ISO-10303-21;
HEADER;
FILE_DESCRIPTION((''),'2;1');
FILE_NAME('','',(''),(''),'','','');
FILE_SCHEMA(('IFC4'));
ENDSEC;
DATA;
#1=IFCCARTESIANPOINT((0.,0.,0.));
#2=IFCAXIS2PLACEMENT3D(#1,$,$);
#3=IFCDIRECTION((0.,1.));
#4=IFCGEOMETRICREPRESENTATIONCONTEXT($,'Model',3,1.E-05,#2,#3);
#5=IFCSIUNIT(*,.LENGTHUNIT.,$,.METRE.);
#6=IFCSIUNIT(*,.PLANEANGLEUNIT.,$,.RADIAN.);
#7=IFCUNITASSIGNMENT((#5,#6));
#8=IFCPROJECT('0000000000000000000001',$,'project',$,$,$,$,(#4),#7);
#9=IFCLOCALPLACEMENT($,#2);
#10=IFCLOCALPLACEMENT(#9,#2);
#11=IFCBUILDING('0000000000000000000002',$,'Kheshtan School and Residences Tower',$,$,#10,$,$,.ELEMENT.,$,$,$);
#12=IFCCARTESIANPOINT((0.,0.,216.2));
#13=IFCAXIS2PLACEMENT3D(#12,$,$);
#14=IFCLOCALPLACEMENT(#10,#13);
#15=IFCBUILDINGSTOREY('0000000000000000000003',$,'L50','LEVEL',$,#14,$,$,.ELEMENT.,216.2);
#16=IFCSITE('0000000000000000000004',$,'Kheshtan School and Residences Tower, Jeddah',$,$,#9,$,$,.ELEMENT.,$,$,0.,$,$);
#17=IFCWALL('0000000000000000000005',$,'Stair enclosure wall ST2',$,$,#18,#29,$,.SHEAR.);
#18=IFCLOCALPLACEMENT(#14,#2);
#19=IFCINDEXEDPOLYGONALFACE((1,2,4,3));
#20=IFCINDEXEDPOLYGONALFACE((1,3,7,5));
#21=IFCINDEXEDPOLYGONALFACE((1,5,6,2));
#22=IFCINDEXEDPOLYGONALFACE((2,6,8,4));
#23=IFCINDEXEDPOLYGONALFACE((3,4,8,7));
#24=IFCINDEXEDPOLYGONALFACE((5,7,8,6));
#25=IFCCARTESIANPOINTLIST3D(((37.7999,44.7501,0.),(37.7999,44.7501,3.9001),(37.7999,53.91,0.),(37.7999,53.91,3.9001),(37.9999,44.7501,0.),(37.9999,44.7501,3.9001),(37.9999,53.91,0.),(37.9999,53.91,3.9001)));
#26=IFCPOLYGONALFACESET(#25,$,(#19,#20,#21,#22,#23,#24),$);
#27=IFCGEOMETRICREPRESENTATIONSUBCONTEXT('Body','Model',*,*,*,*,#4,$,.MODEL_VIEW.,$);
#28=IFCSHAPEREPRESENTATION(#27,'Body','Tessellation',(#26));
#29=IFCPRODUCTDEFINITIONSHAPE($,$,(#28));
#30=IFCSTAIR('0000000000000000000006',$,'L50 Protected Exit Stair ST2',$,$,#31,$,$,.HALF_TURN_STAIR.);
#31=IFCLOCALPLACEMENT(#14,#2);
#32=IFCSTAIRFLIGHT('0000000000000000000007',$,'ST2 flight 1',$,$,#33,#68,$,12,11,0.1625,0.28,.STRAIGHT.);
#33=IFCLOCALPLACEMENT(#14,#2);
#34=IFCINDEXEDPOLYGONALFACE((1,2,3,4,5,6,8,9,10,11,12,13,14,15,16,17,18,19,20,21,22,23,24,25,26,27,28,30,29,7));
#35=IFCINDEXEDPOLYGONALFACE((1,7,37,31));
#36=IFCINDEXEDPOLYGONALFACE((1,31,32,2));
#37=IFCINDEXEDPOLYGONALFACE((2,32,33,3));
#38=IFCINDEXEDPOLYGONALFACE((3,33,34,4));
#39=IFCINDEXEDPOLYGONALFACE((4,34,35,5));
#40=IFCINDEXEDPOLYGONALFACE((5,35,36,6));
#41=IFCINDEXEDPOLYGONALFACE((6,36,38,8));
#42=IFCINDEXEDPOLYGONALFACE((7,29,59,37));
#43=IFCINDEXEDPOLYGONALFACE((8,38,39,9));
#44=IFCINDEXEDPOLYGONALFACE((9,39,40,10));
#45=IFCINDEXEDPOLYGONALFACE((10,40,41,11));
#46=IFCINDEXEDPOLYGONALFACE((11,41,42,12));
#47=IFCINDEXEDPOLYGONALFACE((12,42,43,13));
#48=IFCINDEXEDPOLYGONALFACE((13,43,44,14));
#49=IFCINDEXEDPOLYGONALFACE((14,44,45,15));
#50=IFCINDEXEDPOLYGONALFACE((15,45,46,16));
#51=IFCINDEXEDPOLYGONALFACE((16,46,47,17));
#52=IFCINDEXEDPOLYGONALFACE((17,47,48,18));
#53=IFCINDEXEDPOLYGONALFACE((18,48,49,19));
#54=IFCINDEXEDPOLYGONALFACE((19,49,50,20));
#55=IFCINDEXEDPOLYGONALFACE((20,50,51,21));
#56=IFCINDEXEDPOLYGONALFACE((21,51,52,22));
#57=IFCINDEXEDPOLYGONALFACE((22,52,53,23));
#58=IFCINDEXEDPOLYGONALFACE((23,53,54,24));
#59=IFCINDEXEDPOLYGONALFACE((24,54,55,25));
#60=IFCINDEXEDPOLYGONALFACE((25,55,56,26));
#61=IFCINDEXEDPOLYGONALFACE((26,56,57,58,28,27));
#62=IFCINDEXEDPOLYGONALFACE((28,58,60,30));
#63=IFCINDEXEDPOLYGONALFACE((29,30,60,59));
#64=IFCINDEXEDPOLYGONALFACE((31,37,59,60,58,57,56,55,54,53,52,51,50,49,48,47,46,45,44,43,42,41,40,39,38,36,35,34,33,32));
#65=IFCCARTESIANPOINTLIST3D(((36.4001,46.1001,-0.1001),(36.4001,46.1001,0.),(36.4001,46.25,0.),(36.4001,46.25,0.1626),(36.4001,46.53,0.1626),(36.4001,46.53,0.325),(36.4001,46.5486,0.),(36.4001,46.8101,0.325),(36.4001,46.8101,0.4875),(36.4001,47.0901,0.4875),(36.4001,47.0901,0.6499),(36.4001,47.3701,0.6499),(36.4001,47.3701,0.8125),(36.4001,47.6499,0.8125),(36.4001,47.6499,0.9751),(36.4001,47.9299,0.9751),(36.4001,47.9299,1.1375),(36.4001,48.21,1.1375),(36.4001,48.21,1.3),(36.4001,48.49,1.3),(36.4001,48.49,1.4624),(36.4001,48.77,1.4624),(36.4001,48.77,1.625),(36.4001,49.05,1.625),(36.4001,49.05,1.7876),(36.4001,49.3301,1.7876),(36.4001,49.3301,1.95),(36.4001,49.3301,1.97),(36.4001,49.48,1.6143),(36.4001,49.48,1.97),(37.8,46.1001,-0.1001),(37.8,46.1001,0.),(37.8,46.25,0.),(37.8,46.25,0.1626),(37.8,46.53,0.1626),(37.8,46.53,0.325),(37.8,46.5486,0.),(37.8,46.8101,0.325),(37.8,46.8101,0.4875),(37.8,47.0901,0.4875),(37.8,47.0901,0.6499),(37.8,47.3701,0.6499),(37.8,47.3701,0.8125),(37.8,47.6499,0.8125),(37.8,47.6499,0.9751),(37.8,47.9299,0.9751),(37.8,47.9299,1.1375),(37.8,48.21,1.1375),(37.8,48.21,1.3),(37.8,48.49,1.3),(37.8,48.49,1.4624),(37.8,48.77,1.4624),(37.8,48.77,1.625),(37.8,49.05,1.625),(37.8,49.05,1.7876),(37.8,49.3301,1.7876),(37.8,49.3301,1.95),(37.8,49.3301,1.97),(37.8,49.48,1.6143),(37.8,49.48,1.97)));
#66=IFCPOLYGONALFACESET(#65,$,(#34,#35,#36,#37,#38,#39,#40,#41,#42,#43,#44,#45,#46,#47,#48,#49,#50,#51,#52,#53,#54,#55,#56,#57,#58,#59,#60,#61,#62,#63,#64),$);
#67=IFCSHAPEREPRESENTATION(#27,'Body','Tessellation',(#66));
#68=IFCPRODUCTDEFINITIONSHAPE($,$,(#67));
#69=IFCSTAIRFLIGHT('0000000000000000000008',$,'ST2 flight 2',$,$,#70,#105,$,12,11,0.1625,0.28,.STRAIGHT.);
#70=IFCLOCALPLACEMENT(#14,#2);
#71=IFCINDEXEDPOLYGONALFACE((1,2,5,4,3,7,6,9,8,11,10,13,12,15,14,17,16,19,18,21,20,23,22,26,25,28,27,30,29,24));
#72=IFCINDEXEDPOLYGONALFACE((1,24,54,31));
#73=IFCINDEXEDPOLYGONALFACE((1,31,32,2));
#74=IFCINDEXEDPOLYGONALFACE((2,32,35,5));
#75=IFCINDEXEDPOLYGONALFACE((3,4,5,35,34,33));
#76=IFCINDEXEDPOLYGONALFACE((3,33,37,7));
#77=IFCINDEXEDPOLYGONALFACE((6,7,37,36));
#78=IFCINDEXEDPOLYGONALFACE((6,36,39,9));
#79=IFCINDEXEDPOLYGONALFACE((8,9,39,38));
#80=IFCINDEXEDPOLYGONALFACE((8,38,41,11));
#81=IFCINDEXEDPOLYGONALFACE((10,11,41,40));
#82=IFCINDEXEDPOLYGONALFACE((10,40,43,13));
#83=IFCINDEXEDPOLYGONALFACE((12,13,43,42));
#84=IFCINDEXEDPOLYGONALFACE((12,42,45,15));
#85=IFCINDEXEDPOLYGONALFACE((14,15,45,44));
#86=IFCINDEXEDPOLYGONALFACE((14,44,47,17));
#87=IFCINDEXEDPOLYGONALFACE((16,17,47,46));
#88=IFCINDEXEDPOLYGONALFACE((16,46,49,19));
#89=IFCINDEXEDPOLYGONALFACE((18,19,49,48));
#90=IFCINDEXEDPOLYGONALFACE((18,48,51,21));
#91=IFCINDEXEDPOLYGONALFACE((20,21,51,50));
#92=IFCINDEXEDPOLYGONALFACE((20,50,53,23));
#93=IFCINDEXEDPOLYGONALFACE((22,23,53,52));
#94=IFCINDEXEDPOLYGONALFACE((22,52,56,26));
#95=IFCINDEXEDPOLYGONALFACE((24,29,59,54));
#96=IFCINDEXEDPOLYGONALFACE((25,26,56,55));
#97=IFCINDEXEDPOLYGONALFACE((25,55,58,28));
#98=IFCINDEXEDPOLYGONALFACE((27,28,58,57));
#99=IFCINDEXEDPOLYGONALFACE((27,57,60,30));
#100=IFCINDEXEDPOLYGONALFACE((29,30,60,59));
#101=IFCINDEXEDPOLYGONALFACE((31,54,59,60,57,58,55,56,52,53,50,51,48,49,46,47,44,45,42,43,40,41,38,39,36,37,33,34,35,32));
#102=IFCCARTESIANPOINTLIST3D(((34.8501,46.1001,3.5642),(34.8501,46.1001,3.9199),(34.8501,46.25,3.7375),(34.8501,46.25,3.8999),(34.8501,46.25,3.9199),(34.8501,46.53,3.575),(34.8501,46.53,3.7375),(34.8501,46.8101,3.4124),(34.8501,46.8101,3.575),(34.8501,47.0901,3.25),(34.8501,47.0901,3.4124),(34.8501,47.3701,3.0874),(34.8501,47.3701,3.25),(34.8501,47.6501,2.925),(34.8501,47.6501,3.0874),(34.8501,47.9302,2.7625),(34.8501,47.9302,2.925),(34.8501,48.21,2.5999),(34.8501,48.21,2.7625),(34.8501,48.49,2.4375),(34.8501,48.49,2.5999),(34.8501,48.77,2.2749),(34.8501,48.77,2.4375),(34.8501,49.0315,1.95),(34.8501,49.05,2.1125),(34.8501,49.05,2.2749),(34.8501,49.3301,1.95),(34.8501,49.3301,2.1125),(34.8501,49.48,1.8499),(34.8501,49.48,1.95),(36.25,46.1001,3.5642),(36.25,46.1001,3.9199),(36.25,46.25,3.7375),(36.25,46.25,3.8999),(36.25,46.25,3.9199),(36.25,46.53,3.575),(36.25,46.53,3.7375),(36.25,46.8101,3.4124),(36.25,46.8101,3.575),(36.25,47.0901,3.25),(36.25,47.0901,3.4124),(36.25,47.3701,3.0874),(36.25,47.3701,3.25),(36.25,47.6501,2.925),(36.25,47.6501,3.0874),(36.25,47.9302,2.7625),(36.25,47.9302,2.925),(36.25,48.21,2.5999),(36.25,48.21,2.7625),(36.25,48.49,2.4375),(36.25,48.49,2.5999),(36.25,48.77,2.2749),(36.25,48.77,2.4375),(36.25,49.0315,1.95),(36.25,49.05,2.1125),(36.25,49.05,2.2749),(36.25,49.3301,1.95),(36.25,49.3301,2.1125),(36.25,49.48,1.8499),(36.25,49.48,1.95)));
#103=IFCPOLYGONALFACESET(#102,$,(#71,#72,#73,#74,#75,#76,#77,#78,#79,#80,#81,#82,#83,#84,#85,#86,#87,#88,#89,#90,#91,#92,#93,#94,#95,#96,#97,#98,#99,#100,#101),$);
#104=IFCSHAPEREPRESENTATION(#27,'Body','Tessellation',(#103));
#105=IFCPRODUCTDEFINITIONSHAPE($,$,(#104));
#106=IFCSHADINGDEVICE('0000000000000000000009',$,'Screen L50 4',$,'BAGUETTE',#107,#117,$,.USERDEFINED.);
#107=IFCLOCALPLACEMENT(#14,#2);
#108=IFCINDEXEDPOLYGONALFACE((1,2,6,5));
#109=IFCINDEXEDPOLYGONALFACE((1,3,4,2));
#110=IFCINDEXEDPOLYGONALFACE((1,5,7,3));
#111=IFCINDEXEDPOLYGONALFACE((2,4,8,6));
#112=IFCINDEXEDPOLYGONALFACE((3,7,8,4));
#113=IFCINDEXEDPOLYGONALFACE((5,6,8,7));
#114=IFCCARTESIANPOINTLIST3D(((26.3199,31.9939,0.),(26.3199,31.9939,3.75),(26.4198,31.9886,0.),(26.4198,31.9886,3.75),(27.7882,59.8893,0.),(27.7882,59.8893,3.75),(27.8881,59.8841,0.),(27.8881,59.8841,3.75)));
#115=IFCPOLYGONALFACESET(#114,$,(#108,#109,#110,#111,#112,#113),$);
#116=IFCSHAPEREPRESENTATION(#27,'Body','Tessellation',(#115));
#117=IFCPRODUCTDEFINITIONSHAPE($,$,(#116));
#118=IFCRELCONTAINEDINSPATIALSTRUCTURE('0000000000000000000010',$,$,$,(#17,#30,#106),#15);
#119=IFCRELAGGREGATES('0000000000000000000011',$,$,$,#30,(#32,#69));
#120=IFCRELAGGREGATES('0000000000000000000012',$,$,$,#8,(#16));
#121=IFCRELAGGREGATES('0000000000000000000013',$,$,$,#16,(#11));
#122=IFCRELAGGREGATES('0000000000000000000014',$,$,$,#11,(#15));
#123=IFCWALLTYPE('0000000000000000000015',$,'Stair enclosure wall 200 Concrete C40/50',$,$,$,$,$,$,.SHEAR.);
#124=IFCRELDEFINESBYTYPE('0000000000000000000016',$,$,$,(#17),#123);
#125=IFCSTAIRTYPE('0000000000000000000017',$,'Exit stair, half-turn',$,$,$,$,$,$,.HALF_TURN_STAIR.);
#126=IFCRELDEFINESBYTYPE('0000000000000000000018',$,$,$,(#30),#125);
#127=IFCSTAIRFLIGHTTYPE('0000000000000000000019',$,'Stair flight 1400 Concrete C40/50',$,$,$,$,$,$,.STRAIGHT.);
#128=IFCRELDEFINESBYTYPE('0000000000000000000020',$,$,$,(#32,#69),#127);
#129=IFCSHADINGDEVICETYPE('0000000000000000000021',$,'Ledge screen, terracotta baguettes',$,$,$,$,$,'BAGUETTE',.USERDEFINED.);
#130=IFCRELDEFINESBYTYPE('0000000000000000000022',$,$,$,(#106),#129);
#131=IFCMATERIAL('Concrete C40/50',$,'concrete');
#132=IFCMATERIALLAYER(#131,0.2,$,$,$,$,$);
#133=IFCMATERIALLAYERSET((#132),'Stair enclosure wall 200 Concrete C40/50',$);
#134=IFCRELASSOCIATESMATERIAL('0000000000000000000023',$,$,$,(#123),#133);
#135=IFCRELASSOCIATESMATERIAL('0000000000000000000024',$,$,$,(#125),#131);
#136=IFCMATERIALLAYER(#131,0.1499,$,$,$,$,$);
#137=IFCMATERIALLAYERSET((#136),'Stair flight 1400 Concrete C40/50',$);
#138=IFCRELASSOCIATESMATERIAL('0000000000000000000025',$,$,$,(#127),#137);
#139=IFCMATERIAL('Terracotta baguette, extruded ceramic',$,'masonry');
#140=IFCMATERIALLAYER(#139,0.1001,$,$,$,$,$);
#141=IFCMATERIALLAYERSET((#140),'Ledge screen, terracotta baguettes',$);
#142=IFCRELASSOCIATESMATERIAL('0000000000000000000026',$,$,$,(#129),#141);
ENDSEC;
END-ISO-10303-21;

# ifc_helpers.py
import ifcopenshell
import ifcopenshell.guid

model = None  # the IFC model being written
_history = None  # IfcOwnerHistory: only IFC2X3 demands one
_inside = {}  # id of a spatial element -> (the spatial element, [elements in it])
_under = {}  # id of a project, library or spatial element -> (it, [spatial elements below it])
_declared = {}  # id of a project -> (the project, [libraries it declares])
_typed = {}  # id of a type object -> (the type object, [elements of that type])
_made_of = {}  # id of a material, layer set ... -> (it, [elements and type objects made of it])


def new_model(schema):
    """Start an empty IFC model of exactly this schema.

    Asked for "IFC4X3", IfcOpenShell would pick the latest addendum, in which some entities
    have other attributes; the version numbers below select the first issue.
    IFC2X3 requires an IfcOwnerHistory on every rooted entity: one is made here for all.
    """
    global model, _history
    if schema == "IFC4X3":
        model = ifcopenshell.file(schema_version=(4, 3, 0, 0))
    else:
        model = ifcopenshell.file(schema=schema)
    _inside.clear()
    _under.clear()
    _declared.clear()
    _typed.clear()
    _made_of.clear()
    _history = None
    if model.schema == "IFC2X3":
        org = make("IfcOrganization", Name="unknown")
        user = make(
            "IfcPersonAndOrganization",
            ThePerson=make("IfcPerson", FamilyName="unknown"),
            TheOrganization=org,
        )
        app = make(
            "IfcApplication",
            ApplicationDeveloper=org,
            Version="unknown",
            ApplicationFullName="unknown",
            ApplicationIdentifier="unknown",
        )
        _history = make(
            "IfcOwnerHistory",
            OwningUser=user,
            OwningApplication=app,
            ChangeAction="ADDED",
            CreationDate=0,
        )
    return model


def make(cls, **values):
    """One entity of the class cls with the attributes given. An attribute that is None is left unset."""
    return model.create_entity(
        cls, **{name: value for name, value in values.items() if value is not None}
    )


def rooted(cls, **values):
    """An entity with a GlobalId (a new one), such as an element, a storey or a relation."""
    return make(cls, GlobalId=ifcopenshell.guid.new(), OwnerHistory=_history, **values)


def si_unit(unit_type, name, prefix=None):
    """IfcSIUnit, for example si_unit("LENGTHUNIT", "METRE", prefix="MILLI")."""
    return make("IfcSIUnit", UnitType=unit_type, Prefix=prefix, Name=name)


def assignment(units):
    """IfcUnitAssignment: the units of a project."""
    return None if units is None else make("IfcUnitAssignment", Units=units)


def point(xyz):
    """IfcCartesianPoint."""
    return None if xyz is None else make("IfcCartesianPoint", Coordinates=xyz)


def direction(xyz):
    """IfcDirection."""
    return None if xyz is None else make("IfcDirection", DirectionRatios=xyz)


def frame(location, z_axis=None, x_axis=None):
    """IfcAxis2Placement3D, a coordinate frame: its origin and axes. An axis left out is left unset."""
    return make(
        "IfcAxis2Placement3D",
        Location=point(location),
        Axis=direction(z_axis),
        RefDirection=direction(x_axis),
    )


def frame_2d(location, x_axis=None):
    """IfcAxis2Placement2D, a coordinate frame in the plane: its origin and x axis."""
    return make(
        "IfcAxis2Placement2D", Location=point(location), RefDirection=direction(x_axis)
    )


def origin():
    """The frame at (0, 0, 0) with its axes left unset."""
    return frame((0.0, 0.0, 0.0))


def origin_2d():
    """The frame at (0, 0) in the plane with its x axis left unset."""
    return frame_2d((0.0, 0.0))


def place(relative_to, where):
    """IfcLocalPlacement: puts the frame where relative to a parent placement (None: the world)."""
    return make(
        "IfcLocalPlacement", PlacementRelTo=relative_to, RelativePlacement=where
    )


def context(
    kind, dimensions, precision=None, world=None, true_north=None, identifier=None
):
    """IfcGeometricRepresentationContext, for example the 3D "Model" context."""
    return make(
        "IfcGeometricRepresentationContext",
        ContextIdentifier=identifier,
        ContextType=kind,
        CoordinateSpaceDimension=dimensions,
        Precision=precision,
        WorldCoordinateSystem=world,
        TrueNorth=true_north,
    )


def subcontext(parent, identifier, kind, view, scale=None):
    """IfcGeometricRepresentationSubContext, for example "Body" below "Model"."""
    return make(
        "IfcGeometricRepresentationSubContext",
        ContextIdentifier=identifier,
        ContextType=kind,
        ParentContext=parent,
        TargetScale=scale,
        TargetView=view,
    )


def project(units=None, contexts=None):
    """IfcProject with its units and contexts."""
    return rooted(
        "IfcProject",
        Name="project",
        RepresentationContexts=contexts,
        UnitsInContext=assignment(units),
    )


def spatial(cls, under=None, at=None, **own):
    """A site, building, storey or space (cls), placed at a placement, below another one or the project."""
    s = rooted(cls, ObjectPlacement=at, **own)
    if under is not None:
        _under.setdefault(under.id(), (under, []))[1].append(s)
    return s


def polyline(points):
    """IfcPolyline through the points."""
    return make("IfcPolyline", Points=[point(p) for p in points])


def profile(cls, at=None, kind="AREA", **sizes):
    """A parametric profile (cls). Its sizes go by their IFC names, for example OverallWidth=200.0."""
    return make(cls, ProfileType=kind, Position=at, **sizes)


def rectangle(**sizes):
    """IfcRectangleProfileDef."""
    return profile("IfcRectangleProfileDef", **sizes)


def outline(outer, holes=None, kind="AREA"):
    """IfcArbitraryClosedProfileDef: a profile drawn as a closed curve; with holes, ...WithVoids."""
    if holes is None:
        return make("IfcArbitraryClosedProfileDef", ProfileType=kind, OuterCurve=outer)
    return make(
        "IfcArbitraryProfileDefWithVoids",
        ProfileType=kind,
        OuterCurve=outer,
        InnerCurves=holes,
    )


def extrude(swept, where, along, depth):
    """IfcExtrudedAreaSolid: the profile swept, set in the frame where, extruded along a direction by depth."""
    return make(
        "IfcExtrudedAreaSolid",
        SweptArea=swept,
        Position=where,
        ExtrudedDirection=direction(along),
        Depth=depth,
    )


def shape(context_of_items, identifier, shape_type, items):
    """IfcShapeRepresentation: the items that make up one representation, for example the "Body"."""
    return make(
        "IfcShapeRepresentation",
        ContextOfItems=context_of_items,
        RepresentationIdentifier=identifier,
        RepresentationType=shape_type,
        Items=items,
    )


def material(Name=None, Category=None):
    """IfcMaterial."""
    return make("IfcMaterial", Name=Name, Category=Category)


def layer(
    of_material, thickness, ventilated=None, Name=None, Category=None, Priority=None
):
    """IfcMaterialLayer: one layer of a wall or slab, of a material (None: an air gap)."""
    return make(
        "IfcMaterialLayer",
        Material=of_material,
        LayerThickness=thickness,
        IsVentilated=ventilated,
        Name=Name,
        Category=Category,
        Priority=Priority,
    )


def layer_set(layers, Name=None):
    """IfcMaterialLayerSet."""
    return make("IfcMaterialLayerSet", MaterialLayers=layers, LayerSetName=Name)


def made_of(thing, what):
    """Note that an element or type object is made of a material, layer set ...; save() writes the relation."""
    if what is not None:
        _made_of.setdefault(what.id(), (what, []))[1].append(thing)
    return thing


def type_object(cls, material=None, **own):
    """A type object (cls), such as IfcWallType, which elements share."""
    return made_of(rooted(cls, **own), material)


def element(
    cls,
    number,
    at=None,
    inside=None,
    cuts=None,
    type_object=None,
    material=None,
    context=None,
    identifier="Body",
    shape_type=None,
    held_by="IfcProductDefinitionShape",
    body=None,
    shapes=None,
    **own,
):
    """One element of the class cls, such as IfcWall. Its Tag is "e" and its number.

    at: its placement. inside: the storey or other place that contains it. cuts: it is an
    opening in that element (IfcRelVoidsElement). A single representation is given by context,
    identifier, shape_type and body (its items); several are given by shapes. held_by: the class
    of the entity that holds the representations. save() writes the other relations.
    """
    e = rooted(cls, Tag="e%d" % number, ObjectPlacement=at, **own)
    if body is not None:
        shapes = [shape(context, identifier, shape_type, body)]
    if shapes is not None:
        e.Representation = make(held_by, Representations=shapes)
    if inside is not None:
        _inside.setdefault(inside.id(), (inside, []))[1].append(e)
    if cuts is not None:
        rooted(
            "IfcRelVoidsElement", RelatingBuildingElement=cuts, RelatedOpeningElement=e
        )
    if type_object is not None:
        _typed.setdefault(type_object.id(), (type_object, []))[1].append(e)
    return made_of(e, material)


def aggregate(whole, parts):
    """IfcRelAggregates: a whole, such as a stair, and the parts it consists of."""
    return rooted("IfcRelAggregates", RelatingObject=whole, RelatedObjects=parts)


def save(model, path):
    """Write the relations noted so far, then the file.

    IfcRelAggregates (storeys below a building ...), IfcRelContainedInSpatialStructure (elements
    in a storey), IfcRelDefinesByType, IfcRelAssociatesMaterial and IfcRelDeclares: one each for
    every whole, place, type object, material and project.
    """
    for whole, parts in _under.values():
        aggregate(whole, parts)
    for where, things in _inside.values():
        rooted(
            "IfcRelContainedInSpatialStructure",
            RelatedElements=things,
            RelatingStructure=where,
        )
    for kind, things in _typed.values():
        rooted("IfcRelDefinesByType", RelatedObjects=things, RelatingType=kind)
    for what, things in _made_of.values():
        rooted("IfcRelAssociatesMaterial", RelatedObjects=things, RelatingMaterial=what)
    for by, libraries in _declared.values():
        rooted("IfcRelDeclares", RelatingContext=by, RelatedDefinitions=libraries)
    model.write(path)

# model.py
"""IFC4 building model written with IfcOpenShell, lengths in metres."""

from ifc_helpers import new_model, si_unit, direction, frame, frame_2d, origin, origin_2d, place, context, subcontext, project, spatial, polyline, rectangle, outline, extrude, material, layer, layer_set, type_object, element, aggregate, save


model = new_model("IFC4")

# Units and contexts
model_context = context("Model", 3, precision=1e-05, world=origin(), true_north=direction((0.0, 1.0)))
body_context = subcontext(model_context, "Body", "Model", "MODEL_VIEW")
ifc_project = project(units=[si_unit("LENGTHUNIT", "METRE"), si_unit("PLANEANGLEUNIT", "RADIAN")], contexts=[model_context])

# Site, building, storey
site_placement = place(None, origin())
site = spatial("IfcSite", under=ifc_project, at=site_placement, Name="Kheshtan School and Residences Tower, Jeddah", CompositionType="ELEMENT", RefElevation=0.0)
building_placement = place(site_placement, origin())
building = spatial("IfcBuilding", under=site, at=building_placement, Name="Kheshtan School and Residences Tower", CompositionType="ELEMENT")
storey_placement = place(building_placement, frame((0.0, 0.0, 216.2)))
storey = spatial("IfcBuildingStorey", under=building, at=storey_placement, Name="L50", Description="LEVEL", CompositionType="ELEMENT", Elevation=216.2)

# Wall
ifc_material_1 = material(Name="Concrete C40/50", Category="concrete")
ifc_layer_1 = layer(ifc_material_1, 0.2)
ifc_layer_set_1 = layer_set([ifc_layer_1], Name="Stair enclosure wall 200 Concrete C40/50")
wall_type_1 = type_object("IfcWallType", Name="Stair enclosure wall 200 Concrete C40/50", PredefinedType="SHEAR", material=ifc_layer_set_1)
wall_1_placement = place(storey_placement, frame((37.8999, 44.75, 0.0), z_axis=(0.0, 0.0, 1.0), x_axis=(0.0, 1.0, 0.0)))
element("IfcWall", 1, at=wall_1_placement, inside=storey, type_object=wall_type_1, Name="Stair enclosure wall ST2", PredefinedType="SHEAR", context=body_context, shape_type="SweptSolid", body=[
    extrude(rectangle(XDim=9.1599, YDim=0.2, at=frame_2d((4.5801, 0.0))), origin(), (0.0, 0.0, 1.0), 3.9001),
])

# Stair, stair flights
stair_type = type_object("IfcStairType", Name="Exit stair, half-turn", PredefinedType="HALF_TURN_STAIR", material=ifc_material_1)
stair_placement = place(storey_placement, origin())
stair = element("IfcStair", 2, at=stair_placement, inside=storey, type_object=stair_type, Name="L50 Protected Exit Stair ST2", PredefinedType="HALF_TURN_STAIR")
ifc_layer_2 = layer(ifc_material_1, 0.1499)
ifc_layer_set_2 = layer_set([ifc_layer_2], Name="Stair flight 1400 Concrete C40/50")
stair_flight_type = type_object("IfcStairFlightType", Name="Stair flight 1400 Concrete C40/50", PredefinedType="STRAIGHT", material=ifc_layer_set_2)
stair_flight_1_placement = place(storey_placement, frame((37.1001, 46.25, 0.0), z_axis=(0.0, 0.0, 1.0), x_axis=(0.0, 1.0, 0.0)))
stair_flight_1 = element("IfcStairFlight", 3, at=stair_flight_1_placement, type_object=stair_flight_type, Name="ST2 flight 1", NumberOfRisers=12, NumberOfTreads=11, PredefinedType="STRAIGHT", RiserHeight=0.1625, TreadLength=0.28, context=body_context, shape_type="SweptSolid", body=[
    extrude(outline(polyline([(-0.1499, -0.1001), (-0.1499, 0.0), (0.0, 0.0), (0.0, 0.1626), (0.28, 0.1626), (0.28, 0.325), (0.5601, 0.325), (0.5601, 0.4875), (0.8401, 0.4875), (0.8401, 0.6499), (1.1201, 0.6499), (1.1201, 0.8125), (1.3999, 0.8125), (1.3999, 0.9751), (1.6799, 0.9751), (1.6799, 1.1375), (1.96, 1.1375), (1.96, 1.3), (2.24, 1.3), (2.24, 1.4624), (2.52, 1.4624), (2.52, 1.625), (2.8, 1.625), (2.8, 1.7876), (3.0801, 1.7876), (3.0801, 1.95), (3.0801, 1.97), (3.23, 1.97), (3.23, 1.6143), (0.2986, 0.0), (-0.1499, -0.1001)])), frame((0.0, 0.7, 0.0), z_axis=(0.0, -1.0, 0.0), x_axis=(1.0, 0.0, 0.0)), (0.0, 0.0, 1.0), 1.3999),
])
stair_flight_2_placement = place(storey_placement, frame((35.55, 49.3301, 1.95), z_axis=(0.0, 0.0, 1.0), x_axis=(0.0, -1.0, 0.0)))
stair_flight_2 = element("IfcStairFlight", 4, at=stair_flight_2_placement, type_object=stair_flight_type, Name="ST2 flight 2", NumberOfRisers=12, NumberOfTreads=11, PredefinedType="STRAIGHT", RiserHeight=0.1625, TreadLength=0.28, context=body_context, shape_type="SweptSolid", body=[
    extrude(outline(polyline([(-0.1499, -0.1001), (-0.1499, 0.0), (0.0, 0.0), (0.0, 0.1626), (0.28, 0.1626), (0.28, 0.325), (0.5601, 0.325), (0.5601, 0.4875), (0.8401, 0.4875), (0.8401, 0.6499), (1.1201, 0.6499), (1.1201, 0.8125), (1.3999, 0.8125), (1.3999, 0.9751), (1.6799, 0.9751), (1.6799, 1.1375), (1.96, 1.1375), (1.96, 1.3), (2.24, 1.3), (2.24, 1.4624), (2.52, 1.4624), (2.52, 1.625), (2.8, 1.625), (2.8, 1.7876), (3.0801, 1.7876), (3.0801, 1.95), (3.0801, 1.97), (3.23, 1.97), (3.23, 1.6143), (0.2986, 0.0), (-0.1499, -0.1001)])), frame((0.0, 0.7, 0.0), z_axis=(0.0, -1.0, 0.0), x_axis=(1.0, 0.0, 0.0)), (0.0, 0.0, 1.0), 1.3999),
])
aggregate(stair, [stair_flight_1, stair_flight_2])

# Shading device
ifc_material_2 = material(Name="Terracotta baguette, extruded ceramic", Category="masonry")
ifc_layer_3 = layer(ifc_material_2, 0.1001)
ifc_layer_set_3 = layer_set([ifc_layer_3], Name="Ledge screen, terracotta baguettes")
shading_device_type = type_object("IfcShadingDeviceType", Name="Ledge screen, terracotta baguettes", ElementType="BAGUETTE", PredefinedType="USERDEFINED", material=ifc_layer_set_3)
shading_device_placement = place(storey_placement, frame((27.104, 45.939, 0.0), z_axis=(0.0, 0.0, 1.0), x_axis=(0.052563, 0.998618, 0.0)))
element("IfcShadingDevice", 5, at=shading_device_placement, inside=storey, type_object=shading_device_type, Name="Screen L50 4", ObjectType="BAGUETTE", PredefinedType="USERDEFINED", context=body_context, shape_type="SweptSolid", body=[
    extrude(rectangle(XDim=27.9341, YDim=0.1001, at=origin_2d()), origin(), (0.0, 0.0, 1.0), 3.75),
])

save(model, "model.ifc")
